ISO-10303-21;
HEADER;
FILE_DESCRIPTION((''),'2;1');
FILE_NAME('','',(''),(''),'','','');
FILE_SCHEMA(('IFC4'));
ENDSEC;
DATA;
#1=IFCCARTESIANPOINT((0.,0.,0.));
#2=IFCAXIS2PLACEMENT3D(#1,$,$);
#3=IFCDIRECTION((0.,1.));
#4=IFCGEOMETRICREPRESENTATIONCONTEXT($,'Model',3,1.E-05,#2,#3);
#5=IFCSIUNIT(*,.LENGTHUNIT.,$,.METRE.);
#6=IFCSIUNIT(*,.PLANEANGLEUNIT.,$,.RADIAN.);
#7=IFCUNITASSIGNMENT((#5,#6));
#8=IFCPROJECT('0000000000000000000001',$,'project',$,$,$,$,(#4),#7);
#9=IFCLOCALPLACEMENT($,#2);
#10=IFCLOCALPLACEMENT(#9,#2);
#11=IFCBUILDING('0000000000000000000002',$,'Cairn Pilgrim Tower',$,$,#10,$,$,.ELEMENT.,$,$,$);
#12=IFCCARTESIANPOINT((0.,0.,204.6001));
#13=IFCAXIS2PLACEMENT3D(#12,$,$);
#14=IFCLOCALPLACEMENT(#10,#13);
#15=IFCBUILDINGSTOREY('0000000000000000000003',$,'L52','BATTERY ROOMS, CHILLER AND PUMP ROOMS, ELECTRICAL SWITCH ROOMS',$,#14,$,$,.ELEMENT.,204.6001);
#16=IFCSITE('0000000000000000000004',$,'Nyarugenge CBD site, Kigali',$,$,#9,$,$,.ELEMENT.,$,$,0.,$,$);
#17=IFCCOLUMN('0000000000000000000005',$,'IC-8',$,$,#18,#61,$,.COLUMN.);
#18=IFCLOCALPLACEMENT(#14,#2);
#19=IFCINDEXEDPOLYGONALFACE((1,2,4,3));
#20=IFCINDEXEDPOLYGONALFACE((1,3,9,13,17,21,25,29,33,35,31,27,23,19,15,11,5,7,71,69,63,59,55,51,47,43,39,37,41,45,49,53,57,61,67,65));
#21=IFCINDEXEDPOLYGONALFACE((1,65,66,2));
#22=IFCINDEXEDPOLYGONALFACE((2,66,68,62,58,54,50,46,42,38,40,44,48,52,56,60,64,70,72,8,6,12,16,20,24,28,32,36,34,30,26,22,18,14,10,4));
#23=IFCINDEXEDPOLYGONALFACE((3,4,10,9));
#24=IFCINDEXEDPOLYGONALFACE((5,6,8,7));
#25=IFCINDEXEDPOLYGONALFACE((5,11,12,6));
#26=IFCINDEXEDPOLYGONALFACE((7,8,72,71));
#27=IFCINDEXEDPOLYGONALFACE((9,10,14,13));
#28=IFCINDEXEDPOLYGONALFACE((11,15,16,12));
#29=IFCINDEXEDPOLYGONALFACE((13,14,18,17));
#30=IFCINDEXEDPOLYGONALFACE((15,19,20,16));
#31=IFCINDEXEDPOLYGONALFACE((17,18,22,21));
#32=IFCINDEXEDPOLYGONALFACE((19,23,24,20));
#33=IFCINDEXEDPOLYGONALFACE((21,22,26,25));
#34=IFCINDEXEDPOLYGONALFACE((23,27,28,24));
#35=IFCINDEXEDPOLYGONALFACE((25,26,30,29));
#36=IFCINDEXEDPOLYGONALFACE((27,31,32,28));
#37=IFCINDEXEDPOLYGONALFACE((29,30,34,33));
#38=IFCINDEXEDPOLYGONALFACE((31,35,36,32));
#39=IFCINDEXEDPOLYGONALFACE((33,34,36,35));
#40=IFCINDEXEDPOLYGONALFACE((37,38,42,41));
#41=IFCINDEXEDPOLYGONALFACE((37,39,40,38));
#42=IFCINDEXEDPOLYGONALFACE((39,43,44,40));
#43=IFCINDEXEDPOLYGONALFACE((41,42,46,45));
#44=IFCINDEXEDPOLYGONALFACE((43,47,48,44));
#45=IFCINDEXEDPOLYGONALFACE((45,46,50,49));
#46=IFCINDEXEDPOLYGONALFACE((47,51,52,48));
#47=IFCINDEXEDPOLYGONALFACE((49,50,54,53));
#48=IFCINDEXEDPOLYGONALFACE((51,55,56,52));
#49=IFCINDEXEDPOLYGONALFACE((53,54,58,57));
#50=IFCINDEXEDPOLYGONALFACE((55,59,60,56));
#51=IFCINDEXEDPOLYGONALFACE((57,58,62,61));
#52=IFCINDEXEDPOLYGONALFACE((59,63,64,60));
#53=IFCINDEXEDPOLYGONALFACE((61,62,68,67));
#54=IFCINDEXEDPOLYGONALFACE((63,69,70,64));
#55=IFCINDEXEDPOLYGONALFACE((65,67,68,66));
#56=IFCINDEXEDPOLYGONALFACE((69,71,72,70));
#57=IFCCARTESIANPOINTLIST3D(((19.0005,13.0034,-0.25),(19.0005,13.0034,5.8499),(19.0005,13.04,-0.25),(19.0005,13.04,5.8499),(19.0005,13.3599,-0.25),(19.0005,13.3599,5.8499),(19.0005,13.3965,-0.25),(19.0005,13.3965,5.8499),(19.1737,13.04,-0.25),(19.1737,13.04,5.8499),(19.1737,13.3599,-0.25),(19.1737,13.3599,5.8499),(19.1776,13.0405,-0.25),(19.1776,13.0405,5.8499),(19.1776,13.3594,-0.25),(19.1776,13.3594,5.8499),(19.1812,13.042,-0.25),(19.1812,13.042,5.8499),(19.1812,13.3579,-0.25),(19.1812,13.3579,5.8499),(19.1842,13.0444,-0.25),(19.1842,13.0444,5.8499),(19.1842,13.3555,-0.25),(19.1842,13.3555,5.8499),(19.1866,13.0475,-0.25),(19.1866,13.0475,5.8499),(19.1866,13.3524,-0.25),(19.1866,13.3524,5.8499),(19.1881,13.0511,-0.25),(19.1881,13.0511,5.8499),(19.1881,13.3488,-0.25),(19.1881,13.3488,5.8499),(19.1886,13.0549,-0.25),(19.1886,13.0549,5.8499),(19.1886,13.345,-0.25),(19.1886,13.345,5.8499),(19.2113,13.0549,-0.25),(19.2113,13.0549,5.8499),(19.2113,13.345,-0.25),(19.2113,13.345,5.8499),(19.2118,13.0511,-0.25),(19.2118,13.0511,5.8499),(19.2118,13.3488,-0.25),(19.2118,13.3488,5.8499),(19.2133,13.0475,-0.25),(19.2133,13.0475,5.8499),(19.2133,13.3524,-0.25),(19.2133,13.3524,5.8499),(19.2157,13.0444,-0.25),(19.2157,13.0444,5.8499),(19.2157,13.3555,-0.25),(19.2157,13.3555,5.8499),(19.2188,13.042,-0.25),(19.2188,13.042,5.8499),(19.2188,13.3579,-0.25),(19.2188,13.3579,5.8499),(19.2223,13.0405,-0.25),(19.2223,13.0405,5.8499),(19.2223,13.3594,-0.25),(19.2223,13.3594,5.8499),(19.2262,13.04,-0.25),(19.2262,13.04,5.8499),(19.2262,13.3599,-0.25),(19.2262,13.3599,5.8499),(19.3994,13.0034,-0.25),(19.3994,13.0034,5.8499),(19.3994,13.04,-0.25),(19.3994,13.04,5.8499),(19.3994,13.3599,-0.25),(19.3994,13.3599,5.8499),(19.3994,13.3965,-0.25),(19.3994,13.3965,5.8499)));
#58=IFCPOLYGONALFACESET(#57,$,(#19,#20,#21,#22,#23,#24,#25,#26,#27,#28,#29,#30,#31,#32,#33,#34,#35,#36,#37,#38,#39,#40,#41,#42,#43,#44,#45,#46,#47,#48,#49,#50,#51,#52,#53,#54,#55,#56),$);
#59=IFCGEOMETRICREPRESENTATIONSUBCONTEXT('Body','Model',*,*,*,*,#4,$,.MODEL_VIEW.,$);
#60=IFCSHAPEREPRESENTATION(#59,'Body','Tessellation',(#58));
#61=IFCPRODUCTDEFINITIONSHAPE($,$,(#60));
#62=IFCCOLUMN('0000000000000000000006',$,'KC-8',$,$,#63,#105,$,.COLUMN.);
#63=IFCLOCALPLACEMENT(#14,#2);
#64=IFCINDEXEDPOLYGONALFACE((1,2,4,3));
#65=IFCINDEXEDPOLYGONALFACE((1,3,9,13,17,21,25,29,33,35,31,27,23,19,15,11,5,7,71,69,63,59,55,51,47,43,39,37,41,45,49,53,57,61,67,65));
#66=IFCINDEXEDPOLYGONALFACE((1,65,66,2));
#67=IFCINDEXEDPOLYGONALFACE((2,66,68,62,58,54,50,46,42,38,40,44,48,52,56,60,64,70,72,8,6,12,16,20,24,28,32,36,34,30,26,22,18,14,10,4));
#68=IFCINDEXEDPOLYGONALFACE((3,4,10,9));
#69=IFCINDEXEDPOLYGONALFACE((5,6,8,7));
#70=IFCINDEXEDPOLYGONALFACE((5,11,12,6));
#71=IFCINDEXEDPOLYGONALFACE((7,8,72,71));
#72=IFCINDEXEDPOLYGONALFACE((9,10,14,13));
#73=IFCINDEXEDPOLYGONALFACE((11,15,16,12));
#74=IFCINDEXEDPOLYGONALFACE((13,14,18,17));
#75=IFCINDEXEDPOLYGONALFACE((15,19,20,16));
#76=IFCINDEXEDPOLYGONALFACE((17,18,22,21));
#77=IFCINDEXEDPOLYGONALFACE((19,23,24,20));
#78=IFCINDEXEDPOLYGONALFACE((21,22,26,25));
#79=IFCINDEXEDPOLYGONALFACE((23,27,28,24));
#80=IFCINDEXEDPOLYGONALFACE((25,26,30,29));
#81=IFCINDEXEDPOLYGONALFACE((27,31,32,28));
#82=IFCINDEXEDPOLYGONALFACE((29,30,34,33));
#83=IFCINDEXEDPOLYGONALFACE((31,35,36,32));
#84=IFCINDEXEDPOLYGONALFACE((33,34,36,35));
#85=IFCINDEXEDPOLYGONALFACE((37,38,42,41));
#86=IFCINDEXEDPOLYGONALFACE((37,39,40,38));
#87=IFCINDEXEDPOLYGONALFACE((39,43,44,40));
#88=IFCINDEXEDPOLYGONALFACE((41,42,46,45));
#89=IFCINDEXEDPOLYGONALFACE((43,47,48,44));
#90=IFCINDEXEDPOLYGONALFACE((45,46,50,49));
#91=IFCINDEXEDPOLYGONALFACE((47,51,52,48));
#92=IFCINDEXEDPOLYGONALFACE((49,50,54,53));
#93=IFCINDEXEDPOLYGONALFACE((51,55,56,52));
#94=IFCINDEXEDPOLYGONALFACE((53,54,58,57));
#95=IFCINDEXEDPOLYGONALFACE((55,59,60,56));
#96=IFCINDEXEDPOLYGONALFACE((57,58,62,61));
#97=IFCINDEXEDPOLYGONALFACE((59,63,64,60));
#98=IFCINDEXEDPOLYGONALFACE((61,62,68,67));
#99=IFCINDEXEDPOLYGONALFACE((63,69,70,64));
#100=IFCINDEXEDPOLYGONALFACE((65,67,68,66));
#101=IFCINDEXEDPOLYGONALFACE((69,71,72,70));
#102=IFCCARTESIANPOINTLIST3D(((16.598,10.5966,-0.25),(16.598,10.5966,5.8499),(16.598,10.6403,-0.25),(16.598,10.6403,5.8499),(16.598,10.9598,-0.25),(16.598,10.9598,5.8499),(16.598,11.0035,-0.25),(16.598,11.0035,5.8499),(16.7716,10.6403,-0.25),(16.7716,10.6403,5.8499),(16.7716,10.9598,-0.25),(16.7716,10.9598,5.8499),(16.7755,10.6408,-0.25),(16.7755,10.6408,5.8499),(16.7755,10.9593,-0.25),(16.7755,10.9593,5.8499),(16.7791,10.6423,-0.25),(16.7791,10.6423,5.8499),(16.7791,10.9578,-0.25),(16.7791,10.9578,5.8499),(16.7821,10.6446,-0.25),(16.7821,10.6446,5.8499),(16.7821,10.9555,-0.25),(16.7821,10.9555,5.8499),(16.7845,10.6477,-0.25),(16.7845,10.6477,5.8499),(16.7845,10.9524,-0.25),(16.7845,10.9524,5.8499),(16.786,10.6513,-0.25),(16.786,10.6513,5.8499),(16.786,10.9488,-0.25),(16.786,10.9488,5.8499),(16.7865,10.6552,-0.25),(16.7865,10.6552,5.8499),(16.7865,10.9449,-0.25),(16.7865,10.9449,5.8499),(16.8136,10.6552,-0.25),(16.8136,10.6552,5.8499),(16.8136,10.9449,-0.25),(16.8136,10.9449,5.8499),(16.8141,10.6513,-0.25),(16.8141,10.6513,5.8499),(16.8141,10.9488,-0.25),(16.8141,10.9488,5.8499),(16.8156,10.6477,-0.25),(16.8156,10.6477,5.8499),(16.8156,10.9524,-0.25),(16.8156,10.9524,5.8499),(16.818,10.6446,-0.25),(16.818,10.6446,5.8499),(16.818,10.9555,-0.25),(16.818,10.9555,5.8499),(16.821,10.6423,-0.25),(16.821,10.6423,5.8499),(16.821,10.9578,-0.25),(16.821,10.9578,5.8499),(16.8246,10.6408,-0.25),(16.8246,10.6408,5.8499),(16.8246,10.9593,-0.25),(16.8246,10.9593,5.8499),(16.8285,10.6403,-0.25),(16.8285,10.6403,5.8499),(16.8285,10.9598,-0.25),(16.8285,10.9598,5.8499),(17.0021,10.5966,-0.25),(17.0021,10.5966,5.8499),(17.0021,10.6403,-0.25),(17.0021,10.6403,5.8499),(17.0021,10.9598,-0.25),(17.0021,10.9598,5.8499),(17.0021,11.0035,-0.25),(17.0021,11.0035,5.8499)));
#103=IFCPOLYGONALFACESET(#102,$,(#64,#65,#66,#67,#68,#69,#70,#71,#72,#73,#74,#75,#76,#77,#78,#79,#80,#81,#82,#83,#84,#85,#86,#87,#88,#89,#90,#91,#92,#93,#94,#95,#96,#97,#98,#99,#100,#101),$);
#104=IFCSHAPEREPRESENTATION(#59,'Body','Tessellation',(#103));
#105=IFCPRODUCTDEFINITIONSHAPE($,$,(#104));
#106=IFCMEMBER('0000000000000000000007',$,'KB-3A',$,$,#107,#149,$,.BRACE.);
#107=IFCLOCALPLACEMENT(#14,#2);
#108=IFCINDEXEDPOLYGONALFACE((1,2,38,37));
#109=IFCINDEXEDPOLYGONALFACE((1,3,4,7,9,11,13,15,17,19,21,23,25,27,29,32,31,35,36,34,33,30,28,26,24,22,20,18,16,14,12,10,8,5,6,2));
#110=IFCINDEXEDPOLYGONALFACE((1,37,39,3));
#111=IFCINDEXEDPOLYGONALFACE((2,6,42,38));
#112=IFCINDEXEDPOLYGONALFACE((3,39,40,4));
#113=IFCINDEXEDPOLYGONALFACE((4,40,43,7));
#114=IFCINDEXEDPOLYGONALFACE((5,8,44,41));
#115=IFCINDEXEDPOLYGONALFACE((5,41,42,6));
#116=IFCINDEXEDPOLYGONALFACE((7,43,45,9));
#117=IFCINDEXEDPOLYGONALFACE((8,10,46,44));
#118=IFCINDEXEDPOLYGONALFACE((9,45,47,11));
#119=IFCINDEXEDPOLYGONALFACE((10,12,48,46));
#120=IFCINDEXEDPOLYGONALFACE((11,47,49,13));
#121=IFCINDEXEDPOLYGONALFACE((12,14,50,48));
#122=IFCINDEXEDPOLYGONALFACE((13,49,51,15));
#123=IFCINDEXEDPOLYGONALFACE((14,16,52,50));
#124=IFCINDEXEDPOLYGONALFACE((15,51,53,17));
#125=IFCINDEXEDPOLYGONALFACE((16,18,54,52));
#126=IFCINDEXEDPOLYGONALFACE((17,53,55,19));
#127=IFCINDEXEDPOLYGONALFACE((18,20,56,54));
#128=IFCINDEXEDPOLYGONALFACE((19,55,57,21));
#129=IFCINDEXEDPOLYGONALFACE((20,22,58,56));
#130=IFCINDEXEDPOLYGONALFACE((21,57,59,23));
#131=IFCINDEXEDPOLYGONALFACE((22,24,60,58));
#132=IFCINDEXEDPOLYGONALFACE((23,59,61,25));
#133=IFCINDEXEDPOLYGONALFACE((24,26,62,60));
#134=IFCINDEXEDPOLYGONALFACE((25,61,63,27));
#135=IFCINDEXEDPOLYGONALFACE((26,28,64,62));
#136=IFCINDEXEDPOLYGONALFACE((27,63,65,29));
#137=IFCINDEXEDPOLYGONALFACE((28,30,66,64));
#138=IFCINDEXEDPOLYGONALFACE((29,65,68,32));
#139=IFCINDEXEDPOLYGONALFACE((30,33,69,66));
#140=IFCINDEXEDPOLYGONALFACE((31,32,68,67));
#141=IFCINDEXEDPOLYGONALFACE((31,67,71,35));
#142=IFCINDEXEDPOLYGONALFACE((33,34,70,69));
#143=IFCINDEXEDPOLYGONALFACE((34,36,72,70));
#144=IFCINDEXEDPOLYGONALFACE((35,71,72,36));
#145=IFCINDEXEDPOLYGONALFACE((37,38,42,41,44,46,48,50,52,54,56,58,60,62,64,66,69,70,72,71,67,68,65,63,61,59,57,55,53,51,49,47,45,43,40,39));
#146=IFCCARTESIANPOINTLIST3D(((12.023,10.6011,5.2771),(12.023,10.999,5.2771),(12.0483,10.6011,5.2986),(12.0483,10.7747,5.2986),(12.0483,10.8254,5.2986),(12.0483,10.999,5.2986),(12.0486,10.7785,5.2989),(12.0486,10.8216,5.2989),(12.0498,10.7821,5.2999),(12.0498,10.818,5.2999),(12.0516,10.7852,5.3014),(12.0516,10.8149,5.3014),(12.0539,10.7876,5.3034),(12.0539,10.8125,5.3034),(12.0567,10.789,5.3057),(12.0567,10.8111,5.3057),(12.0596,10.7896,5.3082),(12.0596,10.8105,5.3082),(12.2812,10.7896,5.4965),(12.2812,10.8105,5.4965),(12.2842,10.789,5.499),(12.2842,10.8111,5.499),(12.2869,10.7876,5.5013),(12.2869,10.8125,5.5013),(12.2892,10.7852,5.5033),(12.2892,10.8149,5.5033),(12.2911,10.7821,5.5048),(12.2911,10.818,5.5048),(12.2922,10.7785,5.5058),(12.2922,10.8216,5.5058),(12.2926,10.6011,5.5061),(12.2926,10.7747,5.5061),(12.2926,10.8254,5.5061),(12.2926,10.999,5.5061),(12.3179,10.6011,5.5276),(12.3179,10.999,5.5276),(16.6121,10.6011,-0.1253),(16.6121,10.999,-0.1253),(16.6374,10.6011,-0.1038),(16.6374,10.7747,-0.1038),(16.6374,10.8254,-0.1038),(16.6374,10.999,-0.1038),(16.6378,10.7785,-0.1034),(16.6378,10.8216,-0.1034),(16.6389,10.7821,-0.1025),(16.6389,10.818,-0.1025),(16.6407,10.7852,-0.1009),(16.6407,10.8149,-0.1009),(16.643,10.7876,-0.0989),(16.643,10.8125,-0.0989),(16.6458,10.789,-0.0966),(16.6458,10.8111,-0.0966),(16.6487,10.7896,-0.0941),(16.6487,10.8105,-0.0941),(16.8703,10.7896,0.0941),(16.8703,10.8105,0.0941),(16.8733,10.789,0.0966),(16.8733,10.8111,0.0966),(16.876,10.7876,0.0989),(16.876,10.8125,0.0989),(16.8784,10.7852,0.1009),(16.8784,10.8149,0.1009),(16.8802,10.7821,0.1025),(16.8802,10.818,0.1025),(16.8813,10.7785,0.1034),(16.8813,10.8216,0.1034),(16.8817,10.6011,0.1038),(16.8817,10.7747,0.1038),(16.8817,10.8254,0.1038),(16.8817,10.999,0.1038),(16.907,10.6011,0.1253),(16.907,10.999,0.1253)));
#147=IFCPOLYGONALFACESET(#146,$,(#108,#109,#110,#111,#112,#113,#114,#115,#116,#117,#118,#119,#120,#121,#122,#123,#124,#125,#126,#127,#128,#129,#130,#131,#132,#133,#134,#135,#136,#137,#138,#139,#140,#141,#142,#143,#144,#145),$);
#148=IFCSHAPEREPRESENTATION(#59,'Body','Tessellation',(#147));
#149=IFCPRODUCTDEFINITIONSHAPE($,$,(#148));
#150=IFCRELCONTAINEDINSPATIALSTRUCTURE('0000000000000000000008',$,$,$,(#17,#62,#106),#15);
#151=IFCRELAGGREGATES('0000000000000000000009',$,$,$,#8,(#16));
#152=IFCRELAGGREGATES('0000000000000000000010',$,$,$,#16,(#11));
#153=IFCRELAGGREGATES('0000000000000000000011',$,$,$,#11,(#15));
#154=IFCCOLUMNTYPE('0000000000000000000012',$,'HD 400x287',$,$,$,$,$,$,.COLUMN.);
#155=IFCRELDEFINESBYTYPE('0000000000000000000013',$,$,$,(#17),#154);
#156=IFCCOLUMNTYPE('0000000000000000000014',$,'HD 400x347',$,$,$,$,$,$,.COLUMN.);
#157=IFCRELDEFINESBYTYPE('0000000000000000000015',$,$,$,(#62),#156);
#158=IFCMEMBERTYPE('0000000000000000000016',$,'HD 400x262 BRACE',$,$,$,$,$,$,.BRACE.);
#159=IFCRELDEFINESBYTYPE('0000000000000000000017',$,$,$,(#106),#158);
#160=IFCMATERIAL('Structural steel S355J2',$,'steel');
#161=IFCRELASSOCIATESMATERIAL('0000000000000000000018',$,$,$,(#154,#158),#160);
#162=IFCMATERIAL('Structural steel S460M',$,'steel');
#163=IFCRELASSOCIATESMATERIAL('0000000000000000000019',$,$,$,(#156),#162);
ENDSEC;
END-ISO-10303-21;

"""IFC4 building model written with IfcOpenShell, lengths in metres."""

from ifc_helpers import new_model, si_unit, direction, frame, origin, origin_2d, place, context, subcontext, project, spatial, i_section, extrude, material, material_profile, profile_set, type_object, element, save


model = new_model("IFC4")

# Units and contexts
model_context = context("Model", 3, precision=1e-05, world=origin(), true_north=direction((0.0, 1.0)))
body_context = subcontext(model_context, "Body", "Model", "MODEL_VIEW")
ifc_project = project(units=[si_unit("LENGTHUNIT", "METRE"), si_unit("PLANEANGLEUNIT", "RADIAN")], contexts=[model_context])

# Site, building, storey
site_placement = place(None, origin())
site = spatial("IfcSite", under=ifc_project, at=site_placement, Name="Nyarugenge CBD site, Kigali", CompositionType="ELEMENT", RefElevation=0.0)
building_placement = place(site_placement, origin())
building = spatial("IfcBuilding", under=site, at=building_placement, Name="Cairn Pilgrim Tower", CompositionType="ELEMENT")
storey_placement = place(building_placement, frame((0.0, 0.0, 204.6001)))
storey = spatial("IfcBuildingStorey", under=building, at=storey_placement, Name="L52", Description="BATTERY ROOMS, CHILLER AND PUMP ROOMS, ELECTRICAL SWITCH ROOMS", CompositionType="ELEMENT", Elevation=204.6001)

# Columns
ifc_material_1 = material(Name="Structural steel S355J2", Category="steel")
ifc_material_profile_1 = material_profile(ifc_material_1, i_section(OverallWidth=0.3989, OverallDepth=0.3931, WebThickness=0.0227, FlangeThickness=0.0366, FilletRadius=0.0149, at=origin_2d()), Name="HD 400x287")
ifc_profile_set_1 = profile_set([ifc_material_profile_1], Name="Structural steel S355J2")
column_type_1 = type_object("IfcColumnType", Name="HD 400x287", PredefinedType="COLUMN", material=ifc_profile_set_1)
column_1_placement = place(storey_placement, frame((19.2, 13.2, -0.25), z_axis=(0.0, 0.0, 1.0), x_axis=(1.0, 0.0, 0.0)))
element("IfcColumn", 1, at=column_1_placement, inside=storey, type_object=column_type_1, Name="IC-8", PredefinedType="COLUMN", context=body_context, shape_type="SweptSolid", body=[
    extrude(i_section(OverallWidth=0.3989, OverallDepth=0.3931, WebThickness=0.0227, FlangeThickness=0.0366, FilletRadius=0.0149, at=origin_2d()), origin(), (0.0, 0.0, 1.0), 6.0999),
])
ifc_material_2 = material(Name="Structural steel S460M", Category="steel")
ifc_material_profile_2 = material_profile(ifc_material_2, i_section(OverallWidth=0.4041, OverallDepth=0.407, WebThickness=0.0271, FlangeThickness=0.0437, FilletRadius=0.0149, at=origin_2d()), Name="HD 400x347")
ifc_profile_set_2 = profile_set([ifc_material_profile_2], Name="Structural steel S460M")
column_type_2 = type_object("IfcColumnType", Name="HD 400x347", PredefinedType="COLUMN", material=ifc_profile_set_2)
column_2_placement = place(storey_placement, frame((16.8, 10.8, -0.25), z_axis=(0.0, 0.0, 1.0), x_axis=(1.0, 0.0, 0.0)))
element("IfcColumn", 2, at=column_2_placement, inside=storey, type_object=column_type_2, Name="KC-8", PredefinedType="COLUMN", context=body_context, shape_type="SweptSolid", body=[
    extrude(i_section(OverallWidth=0.4041, OverallDepth=0.407, WebThickness=0.0271, FlangeThickness=0.0437, FilletRadius=0.0149, at=origin_2d()), origin(), (0.0, 0.0, 1.0), 6.0999),
])

# Member
ifc_material_profile_3 = material_profile(ifc_material_1, i_section(OverallWidth=0.3979, OverallDepth=0.387, WebThickness=0.021, FlangeThickness=0.0332, FilletRadius=0.0149, at=origin_2d()), Name="HD 400x262")
ifc_profile_set_3 = profile_set([ifc_material_profile_3], Name="Structural steel S355J2")
member_type = type_object("IfcMemberType", Name="HD 400x262 BRACE", PredefinedType="BRACE", material=ifc_profile_set_3)
member_placement = place(storey_placement, frame((16.7595, 10.8, 0.0), z_axis=(-0.647412, 0.0, 0.76214), x_axis=(0.0, -1.0, 0.0)))
element("IfcMember", 3, at=member_placement, inside=storey, type_object=member_type, Name="KB-3A", PredefinedType="BRACE", context=body_context, shape_type="SweptSolid", body=[
    extrude(i_section(OverallWidth=0.3979, OverallDepth=0.387, WebThickness=0.021, FlangeThickness=0.0332, FilletRadius=0.0149, at=origin_2d()), origin(), (0.0, 0.0, 1.0), 7.0884),
])

save(model, "model.ifc")
